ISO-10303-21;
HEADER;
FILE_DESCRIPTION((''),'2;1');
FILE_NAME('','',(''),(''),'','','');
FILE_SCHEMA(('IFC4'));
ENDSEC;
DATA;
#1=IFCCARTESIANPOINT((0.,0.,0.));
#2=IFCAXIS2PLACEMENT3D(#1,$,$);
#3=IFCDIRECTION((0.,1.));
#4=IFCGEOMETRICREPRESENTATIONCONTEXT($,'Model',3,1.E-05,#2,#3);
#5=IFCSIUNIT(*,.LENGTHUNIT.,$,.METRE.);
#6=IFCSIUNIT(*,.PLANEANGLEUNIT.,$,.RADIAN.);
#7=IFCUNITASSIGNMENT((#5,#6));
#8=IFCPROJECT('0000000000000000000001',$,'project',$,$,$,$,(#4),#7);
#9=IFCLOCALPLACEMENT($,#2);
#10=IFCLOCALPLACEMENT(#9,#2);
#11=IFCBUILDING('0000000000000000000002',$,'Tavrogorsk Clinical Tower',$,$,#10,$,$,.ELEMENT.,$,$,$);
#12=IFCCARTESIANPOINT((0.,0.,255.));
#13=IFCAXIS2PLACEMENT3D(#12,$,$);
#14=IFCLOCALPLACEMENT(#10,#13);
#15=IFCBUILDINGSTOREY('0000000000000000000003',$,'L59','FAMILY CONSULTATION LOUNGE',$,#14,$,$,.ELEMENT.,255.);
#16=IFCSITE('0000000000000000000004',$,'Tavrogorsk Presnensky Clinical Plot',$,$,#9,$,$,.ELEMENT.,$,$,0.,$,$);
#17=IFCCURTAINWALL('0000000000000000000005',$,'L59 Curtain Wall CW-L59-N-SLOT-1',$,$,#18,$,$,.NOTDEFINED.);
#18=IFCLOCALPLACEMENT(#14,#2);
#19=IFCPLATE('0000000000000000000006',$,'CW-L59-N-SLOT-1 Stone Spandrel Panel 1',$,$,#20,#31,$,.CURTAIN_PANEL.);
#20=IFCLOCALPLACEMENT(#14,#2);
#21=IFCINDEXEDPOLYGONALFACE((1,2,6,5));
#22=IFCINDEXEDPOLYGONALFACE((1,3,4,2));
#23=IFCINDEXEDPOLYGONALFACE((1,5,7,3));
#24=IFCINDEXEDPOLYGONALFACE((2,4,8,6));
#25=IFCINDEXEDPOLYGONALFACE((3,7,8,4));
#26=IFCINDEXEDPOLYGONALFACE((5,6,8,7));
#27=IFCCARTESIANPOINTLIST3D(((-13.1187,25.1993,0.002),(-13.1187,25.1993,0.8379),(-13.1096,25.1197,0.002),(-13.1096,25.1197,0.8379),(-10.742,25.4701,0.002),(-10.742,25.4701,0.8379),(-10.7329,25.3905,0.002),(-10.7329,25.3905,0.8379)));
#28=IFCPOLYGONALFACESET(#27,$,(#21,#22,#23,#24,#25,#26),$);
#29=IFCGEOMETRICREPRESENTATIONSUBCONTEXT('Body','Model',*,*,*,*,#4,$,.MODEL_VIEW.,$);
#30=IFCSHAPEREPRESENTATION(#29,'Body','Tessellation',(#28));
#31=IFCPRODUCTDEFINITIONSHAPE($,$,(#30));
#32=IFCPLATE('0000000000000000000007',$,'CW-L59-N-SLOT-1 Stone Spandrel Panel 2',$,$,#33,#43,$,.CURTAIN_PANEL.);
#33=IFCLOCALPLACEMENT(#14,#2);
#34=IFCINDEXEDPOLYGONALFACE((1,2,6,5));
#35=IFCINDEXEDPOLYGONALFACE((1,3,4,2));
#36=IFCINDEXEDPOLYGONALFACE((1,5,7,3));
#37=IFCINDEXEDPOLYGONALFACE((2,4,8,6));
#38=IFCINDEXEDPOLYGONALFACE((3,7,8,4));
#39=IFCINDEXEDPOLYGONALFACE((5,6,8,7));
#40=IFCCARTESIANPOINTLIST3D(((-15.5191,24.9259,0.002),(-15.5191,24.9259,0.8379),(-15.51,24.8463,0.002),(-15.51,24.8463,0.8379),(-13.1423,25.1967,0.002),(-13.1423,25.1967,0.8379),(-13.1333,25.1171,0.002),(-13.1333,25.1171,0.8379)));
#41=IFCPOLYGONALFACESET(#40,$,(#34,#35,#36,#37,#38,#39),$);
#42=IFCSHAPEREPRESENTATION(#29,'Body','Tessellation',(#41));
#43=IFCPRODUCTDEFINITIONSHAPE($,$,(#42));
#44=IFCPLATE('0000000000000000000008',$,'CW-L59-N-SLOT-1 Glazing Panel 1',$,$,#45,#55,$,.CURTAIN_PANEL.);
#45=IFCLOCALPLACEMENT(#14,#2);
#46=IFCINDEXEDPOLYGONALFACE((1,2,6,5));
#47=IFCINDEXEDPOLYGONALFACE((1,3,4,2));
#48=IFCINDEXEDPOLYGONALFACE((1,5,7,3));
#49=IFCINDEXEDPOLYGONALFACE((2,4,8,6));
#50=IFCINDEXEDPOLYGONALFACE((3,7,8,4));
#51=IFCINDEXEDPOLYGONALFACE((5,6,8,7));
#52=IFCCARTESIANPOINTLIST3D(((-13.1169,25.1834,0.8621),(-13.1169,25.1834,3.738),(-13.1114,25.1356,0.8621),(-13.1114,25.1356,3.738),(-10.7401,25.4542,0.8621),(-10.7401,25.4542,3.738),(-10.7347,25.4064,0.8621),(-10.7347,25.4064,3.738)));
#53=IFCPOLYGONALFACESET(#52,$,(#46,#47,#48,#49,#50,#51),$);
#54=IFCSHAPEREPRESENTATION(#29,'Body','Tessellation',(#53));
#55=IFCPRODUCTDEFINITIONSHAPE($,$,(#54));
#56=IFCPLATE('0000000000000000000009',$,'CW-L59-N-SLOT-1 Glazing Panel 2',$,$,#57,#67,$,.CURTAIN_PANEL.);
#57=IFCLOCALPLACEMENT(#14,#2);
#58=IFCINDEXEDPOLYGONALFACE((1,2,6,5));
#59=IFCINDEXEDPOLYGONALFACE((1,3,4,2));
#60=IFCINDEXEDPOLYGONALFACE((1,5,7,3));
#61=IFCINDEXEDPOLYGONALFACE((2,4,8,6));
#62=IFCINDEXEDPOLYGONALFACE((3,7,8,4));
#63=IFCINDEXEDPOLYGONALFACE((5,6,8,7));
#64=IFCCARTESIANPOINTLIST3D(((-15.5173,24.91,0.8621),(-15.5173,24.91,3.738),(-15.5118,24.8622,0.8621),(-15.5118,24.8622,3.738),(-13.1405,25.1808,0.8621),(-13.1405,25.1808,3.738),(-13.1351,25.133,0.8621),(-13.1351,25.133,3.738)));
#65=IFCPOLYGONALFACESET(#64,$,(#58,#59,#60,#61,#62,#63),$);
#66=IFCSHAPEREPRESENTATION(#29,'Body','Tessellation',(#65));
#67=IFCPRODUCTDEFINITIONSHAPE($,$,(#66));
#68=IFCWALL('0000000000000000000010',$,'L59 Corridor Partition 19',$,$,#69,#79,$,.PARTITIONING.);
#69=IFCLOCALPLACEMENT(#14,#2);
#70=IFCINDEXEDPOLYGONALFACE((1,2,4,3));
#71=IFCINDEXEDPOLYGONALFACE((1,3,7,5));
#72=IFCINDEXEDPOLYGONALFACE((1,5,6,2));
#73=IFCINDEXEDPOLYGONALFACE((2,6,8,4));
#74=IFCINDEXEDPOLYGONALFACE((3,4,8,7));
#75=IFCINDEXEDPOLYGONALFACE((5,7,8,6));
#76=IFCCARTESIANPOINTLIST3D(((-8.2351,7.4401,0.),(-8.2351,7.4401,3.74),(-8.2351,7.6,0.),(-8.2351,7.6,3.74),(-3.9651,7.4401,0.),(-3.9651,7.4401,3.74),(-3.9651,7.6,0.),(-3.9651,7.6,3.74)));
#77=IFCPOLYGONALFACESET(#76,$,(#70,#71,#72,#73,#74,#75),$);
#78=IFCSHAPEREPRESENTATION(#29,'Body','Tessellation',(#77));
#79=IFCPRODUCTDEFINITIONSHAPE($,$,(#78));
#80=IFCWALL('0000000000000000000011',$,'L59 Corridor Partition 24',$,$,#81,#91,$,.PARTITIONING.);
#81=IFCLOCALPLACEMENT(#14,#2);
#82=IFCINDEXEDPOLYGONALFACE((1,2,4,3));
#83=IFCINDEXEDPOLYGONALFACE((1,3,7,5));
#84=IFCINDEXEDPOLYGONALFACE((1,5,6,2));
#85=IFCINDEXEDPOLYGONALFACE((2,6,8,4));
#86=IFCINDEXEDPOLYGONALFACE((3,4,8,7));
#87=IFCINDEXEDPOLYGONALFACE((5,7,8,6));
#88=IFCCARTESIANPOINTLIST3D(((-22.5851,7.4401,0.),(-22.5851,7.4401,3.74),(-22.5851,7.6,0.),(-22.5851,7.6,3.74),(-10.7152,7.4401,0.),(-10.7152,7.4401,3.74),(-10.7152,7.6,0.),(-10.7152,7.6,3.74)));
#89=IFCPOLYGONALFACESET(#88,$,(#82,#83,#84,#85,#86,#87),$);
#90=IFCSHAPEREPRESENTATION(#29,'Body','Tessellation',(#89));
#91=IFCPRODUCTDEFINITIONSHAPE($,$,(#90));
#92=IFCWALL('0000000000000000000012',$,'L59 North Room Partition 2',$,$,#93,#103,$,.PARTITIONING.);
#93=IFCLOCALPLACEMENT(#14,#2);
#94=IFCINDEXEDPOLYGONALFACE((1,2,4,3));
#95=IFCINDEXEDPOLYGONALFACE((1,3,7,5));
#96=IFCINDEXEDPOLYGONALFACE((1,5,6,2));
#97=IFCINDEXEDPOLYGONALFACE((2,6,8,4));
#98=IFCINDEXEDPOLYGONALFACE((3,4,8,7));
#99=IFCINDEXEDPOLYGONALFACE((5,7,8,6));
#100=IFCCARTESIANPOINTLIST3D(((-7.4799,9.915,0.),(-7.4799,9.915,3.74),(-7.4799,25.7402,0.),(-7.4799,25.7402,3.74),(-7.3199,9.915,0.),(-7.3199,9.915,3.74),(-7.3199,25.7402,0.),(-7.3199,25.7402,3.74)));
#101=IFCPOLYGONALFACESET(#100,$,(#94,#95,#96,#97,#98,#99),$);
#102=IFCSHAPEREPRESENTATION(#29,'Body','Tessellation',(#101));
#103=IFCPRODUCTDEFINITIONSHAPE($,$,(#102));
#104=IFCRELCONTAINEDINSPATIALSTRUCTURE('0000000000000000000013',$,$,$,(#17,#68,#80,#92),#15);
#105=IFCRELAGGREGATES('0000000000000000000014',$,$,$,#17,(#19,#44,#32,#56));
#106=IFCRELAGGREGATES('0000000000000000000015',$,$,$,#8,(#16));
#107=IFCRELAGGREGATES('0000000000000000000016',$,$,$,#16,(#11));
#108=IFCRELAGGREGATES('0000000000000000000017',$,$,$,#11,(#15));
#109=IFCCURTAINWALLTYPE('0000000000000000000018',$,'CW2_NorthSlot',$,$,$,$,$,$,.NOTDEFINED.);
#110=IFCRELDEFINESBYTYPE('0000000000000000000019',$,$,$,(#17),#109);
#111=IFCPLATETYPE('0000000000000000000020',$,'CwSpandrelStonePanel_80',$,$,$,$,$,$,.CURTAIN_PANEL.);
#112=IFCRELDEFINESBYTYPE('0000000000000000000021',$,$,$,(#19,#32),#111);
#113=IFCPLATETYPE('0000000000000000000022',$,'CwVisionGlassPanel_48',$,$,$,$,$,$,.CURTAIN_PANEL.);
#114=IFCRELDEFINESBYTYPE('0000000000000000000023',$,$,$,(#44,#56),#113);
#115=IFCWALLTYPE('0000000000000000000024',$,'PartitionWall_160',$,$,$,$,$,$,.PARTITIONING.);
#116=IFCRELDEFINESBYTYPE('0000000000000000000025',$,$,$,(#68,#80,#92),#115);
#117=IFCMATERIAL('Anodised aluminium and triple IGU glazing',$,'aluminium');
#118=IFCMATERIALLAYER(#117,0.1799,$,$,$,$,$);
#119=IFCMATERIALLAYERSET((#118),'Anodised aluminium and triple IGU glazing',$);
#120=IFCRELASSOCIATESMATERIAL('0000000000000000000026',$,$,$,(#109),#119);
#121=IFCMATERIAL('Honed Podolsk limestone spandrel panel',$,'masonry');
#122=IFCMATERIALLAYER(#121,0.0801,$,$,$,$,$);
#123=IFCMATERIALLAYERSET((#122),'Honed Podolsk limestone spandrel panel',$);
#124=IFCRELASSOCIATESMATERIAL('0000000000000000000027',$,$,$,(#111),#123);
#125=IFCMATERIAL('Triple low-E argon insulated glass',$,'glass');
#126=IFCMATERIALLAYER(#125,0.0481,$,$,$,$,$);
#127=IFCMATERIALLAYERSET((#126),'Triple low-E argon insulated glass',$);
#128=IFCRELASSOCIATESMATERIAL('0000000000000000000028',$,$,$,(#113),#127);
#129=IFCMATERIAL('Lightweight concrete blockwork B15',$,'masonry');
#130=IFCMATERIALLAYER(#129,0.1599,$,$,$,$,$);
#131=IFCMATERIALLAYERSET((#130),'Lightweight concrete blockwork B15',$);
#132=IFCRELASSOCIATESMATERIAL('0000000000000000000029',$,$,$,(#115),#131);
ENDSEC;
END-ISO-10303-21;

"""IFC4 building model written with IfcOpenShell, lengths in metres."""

from ifc_helpers import new_model, si_unit, direction, frame, frame_2d, origin, origin_2d, place, context, subcontext, project, spatial, rectangle, extrude, material, layer, layer_set, type_object, element, aggregate, save


model = new_model("IFC4")

# Units and contexts
model_context = context("Model", 3, precision=1e-05, world=origin(), true_north=direction((0.0, 1.0)))
body_context = subcontext(model_context, "Body", "Model", "MODEL_VIEW")
ifc_project = project(units=[si_unit("LENGTHUNIT", "METRE"), si_unit("PLANEANGLEUNIT", "RADIAN")], contexts=[model_context])

# Site, building, storey
site_placement = place(None, origin())
site = spatial("IfcSite", under=ifc_project, at=site_placement, Name="Tavrogorsk Presnensky Clinical Plot", CompositionType="ELEMENT", RefElevation=0.0)
building_placement = place(site_placement, origin())
building = spatial("IfcBuilding", under=site, at=building_placement, Name="Tavrogorsk Clinical Tower", CompositionType="ELEMENT")
storey_placement = place(building_placement, frame((0.0, 0.0, 255.0)))
storey = spatial("IfcBuildingStorey", under=building, at=storey_placement, Name="L59", Description="FAMILY CONSULTATION LOUNGE", CompositionType="ELEMENT", Elevation=255.0)

# Curtain wall
ifc_material_1 = material(Name="Anodised aluminium and triple IGU glazing", Category="aluminium")
ifc_layer_1 = layer(ifc_material_1, 0.1799)
ifc_layer_set_1 = layer_set([ifc_layer_1], Name="Anodised aluminium and triple IGU glazing")
curtain_wall_type = type_object("IfcCurtainWallType", Name="CW2_NorthSlot", PredefinedType="NOTDEFINED", material=ifc_layer_set_1)
curtain_wall_placement = place(storey_placement, origin())
curtain_wall = element("IfcCurtainWall", 1, at=curtain_wall_placement, inside=storey, type_object=curtain_wall_type, Name="L59 Curtain Wall CW-L59-N-SLOT-1", PredefinedType="NOTDEFINED")

# Plates
ifc_material_2 = material(Name="Honed Podolsk limestone spandrel panel", Category="masonry")
ifc_layer_2 = layer(ifc_material_2, 0.0801)
ifc_layer_set_2 = layer_set([ifc_layer_2], Name="Honed Podolsk limestone spandrel panel")
plate_type_1 = type_object("IfcPlateType", Name="CwSpandrelStonePanel_80", PredefinedType="CURTAIN_PANEL", material=ifc_layer_set_2)
plate_1_placement = place(storey_placement, frame((-11.9258, 25.2949, 0.002), z_axis=(0.0, 0.0, 1.0), x_axis=(-0.993572, -0.113203, 0.0)))
plate_1 = element("IfcPlate", 2, at=plate_1_placement, type_object=plate_type_1, Name="CW-L59-N-SLOT-1 Stone Spandrel Panel 1", PredefinedType="CURTAIN_PANEL", context=body_context, shape_type="SweptSolid", body=[
    extrude(rectangle(XDim=2.3921, YDim=0.0801, at=origin_2d()), origin(), (0.0, 0.0, 1.0), 0.8359),
])
plate_2_placement = place(storey_placement, frame((-14.3262, 25.0215, 0.002), z_axis=(0.0, 0.0, 1.0), x_axis=(-0.993572, -0.113203, 0.0)))
plate_2 = element("IfcPlate", 3, at=plate_2_placement, type_object=plate_type_1, Name="CW-L59-N-SLOT-1 Stone Spandrel Panel 2", PredefinedType="CURTAIN_PANEL", context=body_context, shape_type="SweptSolid", body=[
    extrude(rectangle(XDim=2.3921, YDim=0.0801, at=origin_2d()), origin(), (0.0, 0.0, 1.0), 0.8359),
])
ifc_material_3 = material(Name="Triple low-E argon insulated glass", Category="glass")
ifc_layer_3 = layer(ifc_material_3, 0.0481)
ifc_layer_set_3 = layer_set([ifc_layer_3], Name="Triple low-E argon insulated glass")
plate_type_2 = type_object("IfcPlateType", Name="CwVisionGlassPanel_48", PredefinedType="CURTAIN_PANEL", material=ifc_layer_set_3)
plate_3_placement = place(storey_placement, frame((-11.9258, 25.2949, 0.8621), z_axis=(0.0, 0.0, 1.0), x_axis=(-0.993572, -0.113203, 0.0)))
plate_3 = element("IfcPlate", 4, at=plate_3_placement, type_object=plate_type_2, Name="CW-L59-N-SLOT-1 Glazing Panel 1", PredefinedType="CURTAIN_PANEL", context=body_context, shape_type="SweptSolid", body=[
    extrude(rectangle(XDim=2.3921, YDim=0.0481, at=origin_2d()), origin(), (0.0, 0.0, 1.0), 2.876),
])
plate_4_placement = place(storey_placement, frame((-14.3262, 25.0215, 0.8621), z_axis=(0.0, 0.0, 1.0), x_axis=(-0.993572, -0.113203, 0.0)))
plate_4 = element("IfcPlate", 5, at=plate_4_placement, type_object=plate_type_2, Name="CW-L59-N-SLOT-1 Glazing Panel 2", PredefinedType="CURTAIN_PANEL", context=body_context, shape_type="SweptSolid", body=[
    extrude(rectangle(XDim=2.3921, YDim=0.0481, at=origin_2d()), origin(), (0.0, 0.0, 1.0), 2.876),
])
aggregate(curtain_wall, [plate_1, plate_3, plate_2, plate_4])

# Walls
ifc_material_4 = material(Name="Lightweight concrete blockwork B15", Category="masonry")
ifc_layer_4 = layer(ifc_material_4, 0.1599)
ifc_layer_set_4 = layer_set([ifc_layer_4], Name="Lightweight concrete blockwork B15")
wall_type_1 = type_object("IfcWallType", Name="PartitionWall_160", PredefinedType="PARTITIONING", material=ifc_layer_set_4)
wall_1_placement = place(storey_placement, frame((-3.9651, 7.52, 0.0), z_axis=(0.0, 0.0, 1.0), x_axis=(-1.0, 0.0, 0.0)))
element("IfcWall", 6, at=wall_1_placement, inside=storey, type_object=wall_type_1, Name="L59 Corridor Partition 19", PredefinedType="PARTITIONING", context=body_context, shape_type="SweptSolid", body=[
    extrude(rectangle(XDim=4.27, YDim=0.1599, at=frame_2d((2.135, 0.0))), origin(), (0.0, 0.0, 1.0), 3.74),
])
wall_2_placement = place(storey_placement, frame((-10.7151, 7.52, 0.0), z_axis=(0.0, 0.0, 1.0), x_axis=(-1.0, 0.0, 0.0)))
element("IfcWall", 7, at=wall_2_placement, inside=storey, type_object=wall_type_1, Name="L59 Corridor Partition 24", PredefinedType="PARTITIONING", context=body_context, shape_type="SweptSolid", body=[
    extrude(rectangle(XDim=11.8699, YDim=0.1599, at=frame_2d((5.9351, 0.0))), origin(), (0.0, 0.0, 1.0), 3.74),
])
wall_3_placement = place(storey_placement, frame((-7.3999, 9.915, 0.0), z_axis=(0.0, 0.0, 1.0), x_axis=(0.0, 1.0, 0.0)))
element("IfcWall", 8, at=wall_3_placement, inside=storey, type_object=wall_type_1, Name="L59 North Room Partition 2", PredefinedType="PARTITIONING", context=body_context, shape_type="SweptSolid", body=[
    extrude(rectangle(XDim=15.8252, YDim=0.1599, at=frame_2d((7.9126, 0.0))), origin(), (0.0, 0.0, 1.0), 3.74),
])

save(model, "model.ifc")
